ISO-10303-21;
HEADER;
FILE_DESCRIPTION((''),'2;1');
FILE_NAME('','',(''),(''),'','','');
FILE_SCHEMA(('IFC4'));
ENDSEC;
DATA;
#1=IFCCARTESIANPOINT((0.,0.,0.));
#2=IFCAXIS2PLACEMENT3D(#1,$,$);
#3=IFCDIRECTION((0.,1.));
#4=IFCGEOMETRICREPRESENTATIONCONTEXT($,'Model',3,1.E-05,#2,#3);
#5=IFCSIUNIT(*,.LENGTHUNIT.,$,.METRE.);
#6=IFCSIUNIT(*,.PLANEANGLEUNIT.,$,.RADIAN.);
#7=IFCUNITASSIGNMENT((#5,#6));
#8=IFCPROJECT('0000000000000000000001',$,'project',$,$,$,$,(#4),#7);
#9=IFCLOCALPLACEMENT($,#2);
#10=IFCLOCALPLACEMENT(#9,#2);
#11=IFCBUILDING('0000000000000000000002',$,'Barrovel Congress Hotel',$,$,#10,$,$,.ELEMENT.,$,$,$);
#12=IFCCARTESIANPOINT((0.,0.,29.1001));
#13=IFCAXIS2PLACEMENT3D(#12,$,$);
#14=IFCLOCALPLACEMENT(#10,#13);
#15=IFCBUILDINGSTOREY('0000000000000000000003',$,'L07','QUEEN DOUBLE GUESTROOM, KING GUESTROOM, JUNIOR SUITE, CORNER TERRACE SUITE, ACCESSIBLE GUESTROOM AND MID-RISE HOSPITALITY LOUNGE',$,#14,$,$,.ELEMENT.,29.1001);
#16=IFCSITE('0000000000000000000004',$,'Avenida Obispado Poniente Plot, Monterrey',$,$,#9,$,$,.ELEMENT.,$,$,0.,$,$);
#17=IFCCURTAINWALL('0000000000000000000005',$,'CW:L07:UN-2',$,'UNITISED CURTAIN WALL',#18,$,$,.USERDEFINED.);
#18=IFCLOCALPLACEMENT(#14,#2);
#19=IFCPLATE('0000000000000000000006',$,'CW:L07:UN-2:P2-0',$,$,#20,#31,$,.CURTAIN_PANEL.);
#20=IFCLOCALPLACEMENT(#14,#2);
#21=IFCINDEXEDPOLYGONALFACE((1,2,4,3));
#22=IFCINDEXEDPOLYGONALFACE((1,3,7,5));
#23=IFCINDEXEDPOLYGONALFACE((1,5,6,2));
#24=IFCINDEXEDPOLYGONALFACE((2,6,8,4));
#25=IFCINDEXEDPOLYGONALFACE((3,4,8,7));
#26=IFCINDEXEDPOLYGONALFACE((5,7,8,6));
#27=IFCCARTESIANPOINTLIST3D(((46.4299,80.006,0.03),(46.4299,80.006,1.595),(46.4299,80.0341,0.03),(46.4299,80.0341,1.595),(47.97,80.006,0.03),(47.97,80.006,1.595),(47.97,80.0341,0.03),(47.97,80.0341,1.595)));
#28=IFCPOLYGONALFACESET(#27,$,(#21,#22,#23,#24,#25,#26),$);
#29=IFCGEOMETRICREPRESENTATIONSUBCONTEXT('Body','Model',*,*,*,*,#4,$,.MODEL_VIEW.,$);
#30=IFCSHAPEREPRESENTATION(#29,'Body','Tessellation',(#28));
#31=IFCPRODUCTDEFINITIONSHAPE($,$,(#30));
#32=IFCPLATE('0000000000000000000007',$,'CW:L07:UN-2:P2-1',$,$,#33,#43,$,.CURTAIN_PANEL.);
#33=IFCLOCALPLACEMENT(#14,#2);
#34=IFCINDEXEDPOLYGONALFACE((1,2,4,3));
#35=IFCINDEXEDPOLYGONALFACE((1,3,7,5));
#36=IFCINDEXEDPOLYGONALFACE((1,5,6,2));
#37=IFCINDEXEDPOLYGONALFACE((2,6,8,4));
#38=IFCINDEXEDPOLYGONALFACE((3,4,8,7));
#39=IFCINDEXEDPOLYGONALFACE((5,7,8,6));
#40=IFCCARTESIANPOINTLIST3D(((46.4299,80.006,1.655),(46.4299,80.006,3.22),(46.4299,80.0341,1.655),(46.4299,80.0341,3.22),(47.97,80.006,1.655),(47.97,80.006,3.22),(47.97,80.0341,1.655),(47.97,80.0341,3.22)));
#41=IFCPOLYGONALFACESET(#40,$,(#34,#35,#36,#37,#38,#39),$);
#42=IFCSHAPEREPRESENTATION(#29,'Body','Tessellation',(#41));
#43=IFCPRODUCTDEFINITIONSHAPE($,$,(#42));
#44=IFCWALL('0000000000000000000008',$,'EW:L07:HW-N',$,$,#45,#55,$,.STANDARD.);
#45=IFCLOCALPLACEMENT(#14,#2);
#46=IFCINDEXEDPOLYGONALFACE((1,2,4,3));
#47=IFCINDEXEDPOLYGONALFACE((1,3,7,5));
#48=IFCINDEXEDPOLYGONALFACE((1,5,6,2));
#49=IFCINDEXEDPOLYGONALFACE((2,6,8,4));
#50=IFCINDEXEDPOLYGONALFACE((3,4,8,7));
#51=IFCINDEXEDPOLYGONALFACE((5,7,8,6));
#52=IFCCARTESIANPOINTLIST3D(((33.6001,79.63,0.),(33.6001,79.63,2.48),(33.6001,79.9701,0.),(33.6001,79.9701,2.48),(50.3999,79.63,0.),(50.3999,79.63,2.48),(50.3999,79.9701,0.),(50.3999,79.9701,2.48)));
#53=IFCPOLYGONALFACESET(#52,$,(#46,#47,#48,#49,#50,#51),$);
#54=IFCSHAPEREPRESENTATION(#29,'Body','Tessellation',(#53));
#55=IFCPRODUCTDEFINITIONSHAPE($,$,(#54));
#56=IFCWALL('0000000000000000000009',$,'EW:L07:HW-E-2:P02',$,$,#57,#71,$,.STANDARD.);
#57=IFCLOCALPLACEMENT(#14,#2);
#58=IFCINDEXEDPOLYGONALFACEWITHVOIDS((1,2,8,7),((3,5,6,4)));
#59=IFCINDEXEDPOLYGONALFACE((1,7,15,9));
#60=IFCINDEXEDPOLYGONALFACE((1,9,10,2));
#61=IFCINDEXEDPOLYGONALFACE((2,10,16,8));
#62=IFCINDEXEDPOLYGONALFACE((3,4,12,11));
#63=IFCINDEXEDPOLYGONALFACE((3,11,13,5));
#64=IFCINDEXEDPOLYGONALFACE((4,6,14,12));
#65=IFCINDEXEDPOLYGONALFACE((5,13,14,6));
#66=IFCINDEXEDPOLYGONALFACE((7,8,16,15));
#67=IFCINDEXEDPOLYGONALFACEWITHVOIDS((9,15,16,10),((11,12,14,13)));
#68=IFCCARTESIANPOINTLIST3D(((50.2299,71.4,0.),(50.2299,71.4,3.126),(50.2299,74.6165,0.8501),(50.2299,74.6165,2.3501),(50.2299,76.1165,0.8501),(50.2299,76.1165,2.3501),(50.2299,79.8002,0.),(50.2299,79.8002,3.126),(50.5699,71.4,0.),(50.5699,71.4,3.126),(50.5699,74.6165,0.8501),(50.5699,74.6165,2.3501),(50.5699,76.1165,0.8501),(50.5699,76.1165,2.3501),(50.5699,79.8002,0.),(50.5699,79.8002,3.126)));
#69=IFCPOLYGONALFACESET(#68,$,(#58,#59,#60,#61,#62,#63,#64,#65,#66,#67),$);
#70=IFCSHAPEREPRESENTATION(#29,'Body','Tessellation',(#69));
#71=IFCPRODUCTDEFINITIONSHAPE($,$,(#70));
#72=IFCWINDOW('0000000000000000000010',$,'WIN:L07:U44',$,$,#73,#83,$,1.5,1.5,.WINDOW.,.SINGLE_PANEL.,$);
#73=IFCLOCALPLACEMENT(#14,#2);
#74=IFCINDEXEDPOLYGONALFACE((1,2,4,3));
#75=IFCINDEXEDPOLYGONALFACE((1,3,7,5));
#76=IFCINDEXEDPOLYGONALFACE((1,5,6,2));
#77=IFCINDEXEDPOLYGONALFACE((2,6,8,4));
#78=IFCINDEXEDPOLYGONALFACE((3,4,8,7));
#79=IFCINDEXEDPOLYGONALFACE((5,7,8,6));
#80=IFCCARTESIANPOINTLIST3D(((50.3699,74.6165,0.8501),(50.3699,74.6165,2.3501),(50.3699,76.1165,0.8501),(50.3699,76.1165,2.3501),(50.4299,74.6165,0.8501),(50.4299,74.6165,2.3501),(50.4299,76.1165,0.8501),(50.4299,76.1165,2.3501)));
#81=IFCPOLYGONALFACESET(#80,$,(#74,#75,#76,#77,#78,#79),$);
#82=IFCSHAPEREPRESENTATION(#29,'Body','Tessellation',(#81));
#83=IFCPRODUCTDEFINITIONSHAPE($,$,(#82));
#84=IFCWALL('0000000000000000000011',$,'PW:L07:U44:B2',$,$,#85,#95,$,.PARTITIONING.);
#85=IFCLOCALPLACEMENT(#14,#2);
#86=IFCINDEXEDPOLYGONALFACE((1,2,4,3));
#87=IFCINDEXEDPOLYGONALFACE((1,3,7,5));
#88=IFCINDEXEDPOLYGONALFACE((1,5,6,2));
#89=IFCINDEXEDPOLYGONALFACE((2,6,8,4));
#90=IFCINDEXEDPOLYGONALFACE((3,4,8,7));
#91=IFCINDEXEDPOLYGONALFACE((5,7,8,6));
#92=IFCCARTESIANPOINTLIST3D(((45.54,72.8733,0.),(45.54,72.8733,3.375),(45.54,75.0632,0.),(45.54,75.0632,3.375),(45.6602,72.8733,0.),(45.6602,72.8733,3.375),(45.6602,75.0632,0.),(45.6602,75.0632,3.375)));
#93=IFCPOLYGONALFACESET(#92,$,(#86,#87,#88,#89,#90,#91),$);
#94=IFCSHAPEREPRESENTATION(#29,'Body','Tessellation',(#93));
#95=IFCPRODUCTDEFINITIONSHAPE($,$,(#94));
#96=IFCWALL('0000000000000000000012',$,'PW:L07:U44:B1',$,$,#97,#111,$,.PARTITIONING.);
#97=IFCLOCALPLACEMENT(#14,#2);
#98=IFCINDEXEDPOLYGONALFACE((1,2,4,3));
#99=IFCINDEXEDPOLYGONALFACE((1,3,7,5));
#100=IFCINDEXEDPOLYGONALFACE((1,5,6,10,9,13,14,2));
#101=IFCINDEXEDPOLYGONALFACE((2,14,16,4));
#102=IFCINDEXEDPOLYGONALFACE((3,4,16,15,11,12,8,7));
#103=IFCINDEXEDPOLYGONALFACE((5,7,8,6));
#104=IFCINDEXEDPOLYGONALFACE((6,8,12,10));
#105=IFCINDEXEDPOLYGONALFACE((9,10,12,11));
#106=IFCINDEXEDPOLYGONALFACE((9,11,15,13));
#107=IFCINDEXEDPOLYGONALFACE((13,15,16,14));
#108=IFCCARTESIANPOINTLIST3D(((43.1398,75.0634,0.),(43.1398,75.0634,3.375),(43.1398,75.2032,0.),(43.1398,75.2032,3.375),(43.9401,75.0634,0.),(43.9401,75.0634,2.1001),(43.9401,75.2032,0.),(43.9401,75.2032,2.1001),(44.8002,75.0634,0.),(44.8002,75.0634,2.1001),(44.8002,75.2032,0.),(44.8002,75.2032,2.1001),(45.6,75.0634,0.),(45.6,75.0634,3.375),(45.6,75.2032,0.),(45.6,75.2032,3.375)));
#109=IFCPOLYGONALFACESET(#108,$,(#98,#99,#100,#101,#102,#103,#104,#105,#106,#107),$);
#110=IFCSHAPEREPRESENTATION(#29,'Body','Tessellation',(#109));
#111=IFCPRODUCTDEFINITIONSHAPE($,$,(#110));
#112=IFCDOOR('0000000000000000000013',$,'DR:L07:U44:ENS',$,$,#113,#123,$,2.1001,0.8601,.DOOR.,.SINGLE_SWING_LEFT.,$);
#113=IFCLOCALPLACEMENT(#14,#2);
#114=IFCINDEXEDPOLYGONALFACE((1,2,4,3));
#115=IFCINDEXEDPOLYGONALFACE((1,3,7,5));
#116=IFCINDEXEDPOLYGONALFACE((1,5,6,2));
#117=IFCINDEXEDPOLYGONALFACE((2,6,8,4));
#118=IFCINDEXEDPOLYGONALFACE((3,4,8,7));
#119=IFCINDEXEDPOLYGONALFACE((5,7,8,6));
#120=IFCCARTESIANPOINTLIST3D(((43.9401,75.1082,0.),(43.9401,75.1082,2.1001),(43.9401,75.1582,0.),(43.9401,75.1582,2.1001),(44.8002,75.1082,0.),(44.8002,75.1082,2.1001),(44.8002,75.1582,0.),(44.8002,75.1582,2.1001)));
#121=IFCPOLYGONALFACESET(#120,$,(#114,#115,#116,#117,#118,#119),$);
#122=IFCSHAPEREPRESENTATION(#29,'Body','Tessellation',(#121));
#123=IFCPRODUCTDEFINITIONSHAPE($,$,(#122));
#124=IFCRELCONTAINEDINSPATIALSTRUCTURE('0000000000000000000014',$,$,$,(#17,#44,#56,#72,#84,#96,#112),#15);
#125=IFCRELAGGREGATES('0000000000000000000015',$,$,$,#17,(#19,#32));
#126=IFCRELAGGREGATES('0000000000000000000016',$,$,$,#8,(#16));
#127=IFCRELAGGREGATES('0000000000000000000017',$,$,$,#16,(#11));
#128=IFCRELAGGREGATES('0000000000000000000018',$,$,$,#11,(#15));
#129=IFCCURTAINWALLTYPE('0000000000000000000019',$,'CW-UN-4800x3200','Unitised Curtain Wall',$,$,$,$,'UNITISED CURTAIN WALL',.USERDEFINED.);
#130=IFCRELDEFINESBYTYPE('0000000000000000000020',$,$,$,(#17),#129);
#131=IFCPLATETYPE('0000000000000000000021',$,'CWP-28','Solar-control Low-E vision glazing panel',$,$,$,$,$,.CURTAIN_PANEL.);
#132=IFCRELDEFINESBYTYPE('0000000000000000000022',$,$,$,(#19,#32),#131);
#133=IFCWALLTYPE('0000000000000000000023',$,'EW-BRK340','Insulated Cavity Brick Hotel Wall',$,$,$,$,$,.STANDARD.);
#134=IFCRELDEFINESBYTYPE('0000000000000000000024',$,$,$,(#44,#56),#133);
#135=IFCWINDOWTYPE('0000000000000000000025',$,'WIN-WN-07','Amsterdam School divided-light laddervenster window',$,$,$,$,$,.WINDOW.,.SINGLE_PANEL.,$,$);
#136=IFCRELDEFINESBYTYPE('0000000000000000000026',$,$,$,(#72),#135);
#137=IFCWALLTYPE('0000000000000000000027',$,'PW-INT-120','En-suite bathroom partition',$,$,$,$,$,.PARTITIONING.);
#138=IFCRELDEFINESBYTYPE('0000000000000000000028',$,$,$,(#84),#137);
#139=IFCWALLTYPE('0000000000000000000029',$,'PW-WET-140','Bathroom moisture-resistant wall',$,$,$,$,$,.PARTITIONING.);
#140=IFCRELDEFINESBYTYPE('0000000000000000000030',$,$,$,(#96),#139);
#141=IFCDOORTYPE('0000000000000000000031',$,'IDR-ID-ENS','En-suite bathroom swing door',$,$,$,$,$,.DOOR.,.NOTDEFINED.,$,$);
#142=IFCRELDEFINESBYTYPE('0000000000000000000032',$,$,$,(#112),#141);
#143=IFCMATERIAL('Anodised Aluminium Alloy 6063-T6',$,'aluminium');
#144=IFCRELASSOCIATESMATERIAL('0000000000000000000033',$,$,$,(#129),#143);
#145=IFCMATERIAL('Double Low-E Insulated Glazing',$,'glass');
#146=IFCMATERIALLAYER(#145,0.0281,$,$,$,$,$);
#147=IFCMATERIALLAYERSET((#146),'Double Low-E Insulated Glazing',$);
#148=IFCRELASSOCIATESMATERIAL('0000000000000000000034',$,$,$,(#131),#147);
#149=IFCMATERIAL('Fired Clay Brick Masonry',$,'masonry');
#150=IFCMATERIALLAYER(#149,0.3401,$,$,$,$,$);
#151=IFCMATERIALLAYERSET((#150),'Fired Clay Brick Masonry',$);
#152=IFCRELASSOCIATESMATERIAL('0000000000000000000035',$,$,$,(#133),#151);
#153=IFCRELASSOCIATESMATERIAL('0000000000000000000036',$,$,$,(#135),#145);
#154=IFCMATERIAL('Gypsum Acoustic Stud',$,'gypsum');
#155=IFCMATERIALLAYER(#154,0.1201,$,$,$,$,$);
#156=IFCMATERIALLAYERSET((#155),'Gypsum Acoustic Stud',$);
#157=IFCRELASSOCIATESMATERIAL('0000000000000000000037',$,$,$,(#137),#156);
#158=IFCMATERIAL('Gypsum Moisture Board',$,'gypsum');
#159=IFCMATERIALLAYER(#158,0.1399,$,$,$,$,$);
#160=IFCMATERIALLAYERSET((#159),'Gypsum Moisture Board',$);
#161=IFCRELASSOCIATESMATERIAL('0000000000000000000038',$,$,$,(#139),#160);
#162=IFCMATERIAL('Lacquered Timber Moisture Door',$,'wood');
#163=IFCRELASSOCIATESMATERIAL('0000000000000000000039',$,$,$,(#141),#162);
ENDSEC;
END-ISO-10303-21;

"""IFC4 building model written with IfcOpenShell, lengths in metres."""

from ifc_helpers import new_model, si_unit, direction, frame, frame_2d, origin, origin_2d, place, context, subcontext, project, spatial, rectangle, extrude, material, layer, layer_set, type_object, element, fill, aggregate, save


model = new_model("IFC4")

# Units and contexts
model_context = context("Model", 3, precision=1e-05, world=origin(), true_north=direction((0.0, 1.0)))
body_context = subcontext(model_context, "Body", "Model", "MODEL_VIEW")
ifc_project = project(units=[si_unit("LENGTHUNIT", "METRE"), si_unit("PLANEANGLEUNIT", "RADIAN")], contexts=[model_context])

# Site, building, storey
site_placement = place(None, origin())
site = spatial("IfcSite", under=ifc_project, at=site_placement, Name="Avenida Obispado Poniente Plot, Monterrey", CompositionType="ELEMENT", RefElevation=0.0)
building_placement = place(site_placement, origin())
building = spatial("IfcBuilding", under=site, at=building_placement, Name="Barrovel Congress Hotel", CompositionType="ELEMENT")
storey_placement = place(building_placement, frame((0.0, 0.0, 29.1001)))
storey = spatial("IfcBuildingStorey", under=building, at=storey_placement, Name="L07", Description="QUEEN DOUBLE GUESTROOM, KING GUESTROOM, JUNIOR SUITE, CORNER TERRACE SUITE, ACCESSIBLE GUESTROOM AND MID-RISE HOSPITALITY LOUNGE", CompositionType="ELEMENT", Elevation=29.1001)

# Curtain wall, plates
ifc_material_1 = material(Name="Anodised Aluminium Alloy 6063-T6", Category="aluminium")
curtain_wall_type = type_object("IfcCurtainWallType", Name="CW-UN-4800x3200", Description="Unitised Curtain Wall", ElementType="UNITISED CURTAIN WALL", PredefinedType="USERDEFINED", material=ifc_material_1)
curtain_wall_placement = place(storey_placement, origin())
curtain_wall = element("IfcCurtainWall", 1, at=curtain_wall_placement, inside=storey, type_object=curtain_wall_type, Name="CW:L07:UN-2", ObjectType="UNITISED CURTAIN WALL", PredefinedType="USERDEFINED")
ifc_material_2 = material(Name="Double Low-E Insulated Glazing", Category="glass")
ifc_layer_1 = layer(ifc_material_2, 0.0281)
ifc_layer_set_1 = layer_set([ifc_layer_1], Name="Double Low-E Insulated Glazing")
plate_type = type_object("IfcPlateType", Name="CWP-28", Description="Solar-control Low-E vision glazing panel", PredefinedType="CURTAIN_PANEL", material=ifc_layer_set_1)
plate_1_placement = place(storey_placement, frame((47.2, 80.02, 0.03), z_axis=(0.0, 0.0, 1.0), x_axis=(1.0, 0.0, 0.0)))
plate_1 = element("IfcPlate", 2, at=plate_1_placement, type_object=plate_type, Name="CW:L07:UN-2:P2-0", PredefinedType="CURTAIN_PANEL", context=body_context, shape_type="SweptSolid", body=[
    extrude(rectangle(XDim=1.54, YDim=0.0281, at=origin_2d()), origin(), (0.0, 0.0, 1.0), 1.5649),
])
plate_2_placement = place(storey_placement, frame((47.2, 80.02, 1.655), z_axis=(0.0, 0.0, 1.0), x_axis=(1.0, 0.0, 0.0)))
plate_2 = element("IfcPlate", 3, at=plate_2_placement, type_object=plate_type, Name="CW:L07:UN-2:P2-1", PredefinedType="CURTAIN_PANEL", context=body_context, shape_type="SweptSolid", body=[
    extrude(rectangle(XDim=1.54, YDim=0.0281, at=origin_2d()), origin(), (0.0, 0.0, 1.0), 1.5649),
])
aggregate(curtain_wall, [plate_1, plate_2])

# Wall
ifc_material_3 = material(Name="Fired Clay Brick Masonry", Category="masonry")
ifc_layer_2 = layer(ifc_material_3, 0.3401)
ifc_layer_set_2 = layer_set([ifc_layer_2], Name="Fired Clay Brick Masonry")
wall_type_1 = type_object("IfcWallType", Name="EW-BRK340", Description="Insulated Cavity Brick Hotel Wall", PredefinedType="STANDARD", material=ifc_layer_set_2)
wall_1_placement = place(storey_placement, frame((50.3999, 79.8, 0.0), z_axis=(0.0, 0.0, 1.0), x_axis=(-1.0, 0.0, 0.0)))
element("IfcWall", 4, at=wall_1_placement, inside=storey, type_object=wall_type_1, Name="EW:L07:HW-N", PredefinedType="STANDARD", context=body_context, shape_type="SweptSolid", body=[
    extrude(rectangle(XDim=16.7998, YDim=0.3401, at=frame_2d((8.3999, 0.0))), origin(), (0.0, 0.0, 1.0), 2.48),
])

# Wall, opening, window
wall_2_placement = place(storey_placement, frame((50.3999, 71.3999, 0.0), z_axis=(0.0, 0.0, 1.0), x_axis=(0.0, 1.0, 0.0)))
wall_2 = element("IfcWall", 5, at=wall_2_placement, inside=storey, type_object=wall_type_1, Name="EW:L07:HW-E-2:P02", PredefinedType="STANDARD", context=body_context, shape_type="SweptSolid", body=[
    extrude(rectangle(XDim=8.4001, YDim=0.3401, at=frame_2d((4.2002, 0.0))), origin(), (0.0, 0.0, 1.0), 3.126),
])
opening_1_placement = place(wall_2_placement, frame((3.2166, 0.0, 0.8501)))
opening_1 = element("IfcOpeningElement", 6, at=opening_1_placement, cuts=wall_2, PredefinedType="OPENING", context=body_context, shape_type="SweptSolid", body=[
    extrude(rectangle(XDim=1.5, YDim=1.5, at=frame_2d((0.75, 0.75))), frame((0.0, 0.1802, 0.0), z_axis=(0.0, -1.0, 0.0), x_axis=(1.0, 0.0, 0.0)), (0.0, 0.0, 1.0), 0.3601),
])
window_type = type_object("IfcWindowType", Name="WIN-WN-07", Description="Amsterdam School divided-light laddervenster window", PartitioningType="SINGLE_PANEL", PredefinedType="WINDOW", material=ifc_material_2)
window_placement = place(opening_1_placement, origin())
window = element("IfcWindow", 7, at=window_placement, inside=storey, type_object=window_type, Name="WIN:L07:U44", OverallHeight=1.5, OverallWidth=1.5, PartitioningType="SINGLE_PANEL", PredefinedType="WINDOW", context=body_context, shape_type="SweptSolid", body=[
    extrude(rectangle(XDim=1.5, YDim=1.5, at=frame_2d((0.75, 0.75))), frame((0.0, 0.03, 0.0), z_axis=(0.0, -1.0, 0.0), x_axis=(1.0, 0.0, 0.0)), (0.0, 0.0, 1.0), 0.0601),
])
fill(opening_1, window)

# Wall
ifc_material_4 = material(Name="Gypsum Acoustic Stud", Category="gypsum")
ifc_layer_3 = layer(ifc_material_4, 0.1201)
ifc_layer_set_3 = layer_set([ifc_layer_3], Name="Gypsum Acoustic Stud")
wall_type_2 = type_object("IfcWallType", Name="PW-INT-120", Description="En-suite bathroom partition", PredefinedType="PARTITIONING", material=ifc_layer_set_3)
wall_3_placement = place(storey_placement, frame((45.6001, 72.8733, 0.0), z_axis=(0.0, 0.0, 1.0), x_axis=(0.0, 1.0, 0.0)))
element("IfcWall", 8, at=wall_3_placement, inside=storey, type_object=wall_type_2, Name="PW:L07:U44:B2", PredefinedType="PARTITIONING", context=body_context, shape_type="SweptSolid", body=[
    extrude(rectangle(XDim=2.1899, YDim=0.1201, at=frame_2d((1.095, 0.0))), origin(), (0.0, 0.0, 1.0), 3.375),
])

# Wall, opening, door
ifc_material_5 = material(Name="Gypsum Moisture Board", Category="gypsum")
ifc_layer_4 = layer(ifc_material_5, 0.1399)
ifc_layer_set_4 = layer_set([ifc_layer_4], Name="Gypsum Moisture Board")
wall_type_3 = type_object("IfcWallType", Name="PW-WET-140", Description="Bathroom moisture-resistant wall", PredefinedType="PARTITIONING", material=ifc_layer_set_4)
wall_4_placement = place(storey_placement, frame((43.1399, 75.1333, 0.0), z_axis=(0.0, 0.0, 1.0), x_axis=(1.0, 0.0, 0.0)))
wall_4 = element("IfcWall", 9, at=wall_4_placement, inside=storey, type_object=wall_type_3, Name="PW:L07:U44:B1", PredefinedType="PARTITIONING", context=body_context, shape_type="SweptSolid", body=[
    extrude(rectangle(XDim=2.4602, YDim=0.1399, at=frame_2d((1.23, 0.0))), origin(), (0.0, 0.0, 1.0), 3.375),
])
opening_2_placement = place(wall_4_placement, frame((0.8, 0.0, 0.0)))
opening_2 = element("IfcOpeningElement", 10, at=opening_2_placement, cuts=wall_4, PredefinedType="OPENING", context=body_context, shape_type="SweptSolid", body=[
    extrude(rectangle(XDim=0.8601, YDim=2.1001, at=frame_2d((0.4302, 1.05))), frame((0.0, 0.0801, 0.0), z_axis=(0.0, -1.0, 0.0), x_axis=(1.0, 0.0, 0.0)), (0.0, 0.0, 1.0), 0.1599),
])
ifc_material_6 = material(Name="Lacquered Timber Moisture Door", Category="wood")
door_type = type_object("IfcDoorType", Name="IDR-ID-ENS", Description="En-suite bathroom swing door", OperationType="NOTDEFINED", PredefinedType="DOOR", material=ifc_material_6)
door_placement = place(opening_2_placement, origin())
door = element("IfcDoor", 11, at=door_placement, inside=storey, type_object=door_type, Name="DR:L07:U44:ENS", OperationType="SINGLE_SWING_LEFT", OverallHeight=2.1001, OverallWidth=0.8601, PredefinedType="DOOR", context=body_context, shape_type="SweptSolid", body=[
    extrude(rectangle(XDim=0.8601, YDim=2.1001, at=frame_2d((0.4302, 1.05))), frame((0.0, 0.0249, 0.0), z_axis=(0.0, -1.0, 0.0), x_axis=(1.0, 0.0, 0.0)), (0.0, 0.0, 1.0), 0.05),
])
fill(opening_2, door)

save(model, "model.ifc")
